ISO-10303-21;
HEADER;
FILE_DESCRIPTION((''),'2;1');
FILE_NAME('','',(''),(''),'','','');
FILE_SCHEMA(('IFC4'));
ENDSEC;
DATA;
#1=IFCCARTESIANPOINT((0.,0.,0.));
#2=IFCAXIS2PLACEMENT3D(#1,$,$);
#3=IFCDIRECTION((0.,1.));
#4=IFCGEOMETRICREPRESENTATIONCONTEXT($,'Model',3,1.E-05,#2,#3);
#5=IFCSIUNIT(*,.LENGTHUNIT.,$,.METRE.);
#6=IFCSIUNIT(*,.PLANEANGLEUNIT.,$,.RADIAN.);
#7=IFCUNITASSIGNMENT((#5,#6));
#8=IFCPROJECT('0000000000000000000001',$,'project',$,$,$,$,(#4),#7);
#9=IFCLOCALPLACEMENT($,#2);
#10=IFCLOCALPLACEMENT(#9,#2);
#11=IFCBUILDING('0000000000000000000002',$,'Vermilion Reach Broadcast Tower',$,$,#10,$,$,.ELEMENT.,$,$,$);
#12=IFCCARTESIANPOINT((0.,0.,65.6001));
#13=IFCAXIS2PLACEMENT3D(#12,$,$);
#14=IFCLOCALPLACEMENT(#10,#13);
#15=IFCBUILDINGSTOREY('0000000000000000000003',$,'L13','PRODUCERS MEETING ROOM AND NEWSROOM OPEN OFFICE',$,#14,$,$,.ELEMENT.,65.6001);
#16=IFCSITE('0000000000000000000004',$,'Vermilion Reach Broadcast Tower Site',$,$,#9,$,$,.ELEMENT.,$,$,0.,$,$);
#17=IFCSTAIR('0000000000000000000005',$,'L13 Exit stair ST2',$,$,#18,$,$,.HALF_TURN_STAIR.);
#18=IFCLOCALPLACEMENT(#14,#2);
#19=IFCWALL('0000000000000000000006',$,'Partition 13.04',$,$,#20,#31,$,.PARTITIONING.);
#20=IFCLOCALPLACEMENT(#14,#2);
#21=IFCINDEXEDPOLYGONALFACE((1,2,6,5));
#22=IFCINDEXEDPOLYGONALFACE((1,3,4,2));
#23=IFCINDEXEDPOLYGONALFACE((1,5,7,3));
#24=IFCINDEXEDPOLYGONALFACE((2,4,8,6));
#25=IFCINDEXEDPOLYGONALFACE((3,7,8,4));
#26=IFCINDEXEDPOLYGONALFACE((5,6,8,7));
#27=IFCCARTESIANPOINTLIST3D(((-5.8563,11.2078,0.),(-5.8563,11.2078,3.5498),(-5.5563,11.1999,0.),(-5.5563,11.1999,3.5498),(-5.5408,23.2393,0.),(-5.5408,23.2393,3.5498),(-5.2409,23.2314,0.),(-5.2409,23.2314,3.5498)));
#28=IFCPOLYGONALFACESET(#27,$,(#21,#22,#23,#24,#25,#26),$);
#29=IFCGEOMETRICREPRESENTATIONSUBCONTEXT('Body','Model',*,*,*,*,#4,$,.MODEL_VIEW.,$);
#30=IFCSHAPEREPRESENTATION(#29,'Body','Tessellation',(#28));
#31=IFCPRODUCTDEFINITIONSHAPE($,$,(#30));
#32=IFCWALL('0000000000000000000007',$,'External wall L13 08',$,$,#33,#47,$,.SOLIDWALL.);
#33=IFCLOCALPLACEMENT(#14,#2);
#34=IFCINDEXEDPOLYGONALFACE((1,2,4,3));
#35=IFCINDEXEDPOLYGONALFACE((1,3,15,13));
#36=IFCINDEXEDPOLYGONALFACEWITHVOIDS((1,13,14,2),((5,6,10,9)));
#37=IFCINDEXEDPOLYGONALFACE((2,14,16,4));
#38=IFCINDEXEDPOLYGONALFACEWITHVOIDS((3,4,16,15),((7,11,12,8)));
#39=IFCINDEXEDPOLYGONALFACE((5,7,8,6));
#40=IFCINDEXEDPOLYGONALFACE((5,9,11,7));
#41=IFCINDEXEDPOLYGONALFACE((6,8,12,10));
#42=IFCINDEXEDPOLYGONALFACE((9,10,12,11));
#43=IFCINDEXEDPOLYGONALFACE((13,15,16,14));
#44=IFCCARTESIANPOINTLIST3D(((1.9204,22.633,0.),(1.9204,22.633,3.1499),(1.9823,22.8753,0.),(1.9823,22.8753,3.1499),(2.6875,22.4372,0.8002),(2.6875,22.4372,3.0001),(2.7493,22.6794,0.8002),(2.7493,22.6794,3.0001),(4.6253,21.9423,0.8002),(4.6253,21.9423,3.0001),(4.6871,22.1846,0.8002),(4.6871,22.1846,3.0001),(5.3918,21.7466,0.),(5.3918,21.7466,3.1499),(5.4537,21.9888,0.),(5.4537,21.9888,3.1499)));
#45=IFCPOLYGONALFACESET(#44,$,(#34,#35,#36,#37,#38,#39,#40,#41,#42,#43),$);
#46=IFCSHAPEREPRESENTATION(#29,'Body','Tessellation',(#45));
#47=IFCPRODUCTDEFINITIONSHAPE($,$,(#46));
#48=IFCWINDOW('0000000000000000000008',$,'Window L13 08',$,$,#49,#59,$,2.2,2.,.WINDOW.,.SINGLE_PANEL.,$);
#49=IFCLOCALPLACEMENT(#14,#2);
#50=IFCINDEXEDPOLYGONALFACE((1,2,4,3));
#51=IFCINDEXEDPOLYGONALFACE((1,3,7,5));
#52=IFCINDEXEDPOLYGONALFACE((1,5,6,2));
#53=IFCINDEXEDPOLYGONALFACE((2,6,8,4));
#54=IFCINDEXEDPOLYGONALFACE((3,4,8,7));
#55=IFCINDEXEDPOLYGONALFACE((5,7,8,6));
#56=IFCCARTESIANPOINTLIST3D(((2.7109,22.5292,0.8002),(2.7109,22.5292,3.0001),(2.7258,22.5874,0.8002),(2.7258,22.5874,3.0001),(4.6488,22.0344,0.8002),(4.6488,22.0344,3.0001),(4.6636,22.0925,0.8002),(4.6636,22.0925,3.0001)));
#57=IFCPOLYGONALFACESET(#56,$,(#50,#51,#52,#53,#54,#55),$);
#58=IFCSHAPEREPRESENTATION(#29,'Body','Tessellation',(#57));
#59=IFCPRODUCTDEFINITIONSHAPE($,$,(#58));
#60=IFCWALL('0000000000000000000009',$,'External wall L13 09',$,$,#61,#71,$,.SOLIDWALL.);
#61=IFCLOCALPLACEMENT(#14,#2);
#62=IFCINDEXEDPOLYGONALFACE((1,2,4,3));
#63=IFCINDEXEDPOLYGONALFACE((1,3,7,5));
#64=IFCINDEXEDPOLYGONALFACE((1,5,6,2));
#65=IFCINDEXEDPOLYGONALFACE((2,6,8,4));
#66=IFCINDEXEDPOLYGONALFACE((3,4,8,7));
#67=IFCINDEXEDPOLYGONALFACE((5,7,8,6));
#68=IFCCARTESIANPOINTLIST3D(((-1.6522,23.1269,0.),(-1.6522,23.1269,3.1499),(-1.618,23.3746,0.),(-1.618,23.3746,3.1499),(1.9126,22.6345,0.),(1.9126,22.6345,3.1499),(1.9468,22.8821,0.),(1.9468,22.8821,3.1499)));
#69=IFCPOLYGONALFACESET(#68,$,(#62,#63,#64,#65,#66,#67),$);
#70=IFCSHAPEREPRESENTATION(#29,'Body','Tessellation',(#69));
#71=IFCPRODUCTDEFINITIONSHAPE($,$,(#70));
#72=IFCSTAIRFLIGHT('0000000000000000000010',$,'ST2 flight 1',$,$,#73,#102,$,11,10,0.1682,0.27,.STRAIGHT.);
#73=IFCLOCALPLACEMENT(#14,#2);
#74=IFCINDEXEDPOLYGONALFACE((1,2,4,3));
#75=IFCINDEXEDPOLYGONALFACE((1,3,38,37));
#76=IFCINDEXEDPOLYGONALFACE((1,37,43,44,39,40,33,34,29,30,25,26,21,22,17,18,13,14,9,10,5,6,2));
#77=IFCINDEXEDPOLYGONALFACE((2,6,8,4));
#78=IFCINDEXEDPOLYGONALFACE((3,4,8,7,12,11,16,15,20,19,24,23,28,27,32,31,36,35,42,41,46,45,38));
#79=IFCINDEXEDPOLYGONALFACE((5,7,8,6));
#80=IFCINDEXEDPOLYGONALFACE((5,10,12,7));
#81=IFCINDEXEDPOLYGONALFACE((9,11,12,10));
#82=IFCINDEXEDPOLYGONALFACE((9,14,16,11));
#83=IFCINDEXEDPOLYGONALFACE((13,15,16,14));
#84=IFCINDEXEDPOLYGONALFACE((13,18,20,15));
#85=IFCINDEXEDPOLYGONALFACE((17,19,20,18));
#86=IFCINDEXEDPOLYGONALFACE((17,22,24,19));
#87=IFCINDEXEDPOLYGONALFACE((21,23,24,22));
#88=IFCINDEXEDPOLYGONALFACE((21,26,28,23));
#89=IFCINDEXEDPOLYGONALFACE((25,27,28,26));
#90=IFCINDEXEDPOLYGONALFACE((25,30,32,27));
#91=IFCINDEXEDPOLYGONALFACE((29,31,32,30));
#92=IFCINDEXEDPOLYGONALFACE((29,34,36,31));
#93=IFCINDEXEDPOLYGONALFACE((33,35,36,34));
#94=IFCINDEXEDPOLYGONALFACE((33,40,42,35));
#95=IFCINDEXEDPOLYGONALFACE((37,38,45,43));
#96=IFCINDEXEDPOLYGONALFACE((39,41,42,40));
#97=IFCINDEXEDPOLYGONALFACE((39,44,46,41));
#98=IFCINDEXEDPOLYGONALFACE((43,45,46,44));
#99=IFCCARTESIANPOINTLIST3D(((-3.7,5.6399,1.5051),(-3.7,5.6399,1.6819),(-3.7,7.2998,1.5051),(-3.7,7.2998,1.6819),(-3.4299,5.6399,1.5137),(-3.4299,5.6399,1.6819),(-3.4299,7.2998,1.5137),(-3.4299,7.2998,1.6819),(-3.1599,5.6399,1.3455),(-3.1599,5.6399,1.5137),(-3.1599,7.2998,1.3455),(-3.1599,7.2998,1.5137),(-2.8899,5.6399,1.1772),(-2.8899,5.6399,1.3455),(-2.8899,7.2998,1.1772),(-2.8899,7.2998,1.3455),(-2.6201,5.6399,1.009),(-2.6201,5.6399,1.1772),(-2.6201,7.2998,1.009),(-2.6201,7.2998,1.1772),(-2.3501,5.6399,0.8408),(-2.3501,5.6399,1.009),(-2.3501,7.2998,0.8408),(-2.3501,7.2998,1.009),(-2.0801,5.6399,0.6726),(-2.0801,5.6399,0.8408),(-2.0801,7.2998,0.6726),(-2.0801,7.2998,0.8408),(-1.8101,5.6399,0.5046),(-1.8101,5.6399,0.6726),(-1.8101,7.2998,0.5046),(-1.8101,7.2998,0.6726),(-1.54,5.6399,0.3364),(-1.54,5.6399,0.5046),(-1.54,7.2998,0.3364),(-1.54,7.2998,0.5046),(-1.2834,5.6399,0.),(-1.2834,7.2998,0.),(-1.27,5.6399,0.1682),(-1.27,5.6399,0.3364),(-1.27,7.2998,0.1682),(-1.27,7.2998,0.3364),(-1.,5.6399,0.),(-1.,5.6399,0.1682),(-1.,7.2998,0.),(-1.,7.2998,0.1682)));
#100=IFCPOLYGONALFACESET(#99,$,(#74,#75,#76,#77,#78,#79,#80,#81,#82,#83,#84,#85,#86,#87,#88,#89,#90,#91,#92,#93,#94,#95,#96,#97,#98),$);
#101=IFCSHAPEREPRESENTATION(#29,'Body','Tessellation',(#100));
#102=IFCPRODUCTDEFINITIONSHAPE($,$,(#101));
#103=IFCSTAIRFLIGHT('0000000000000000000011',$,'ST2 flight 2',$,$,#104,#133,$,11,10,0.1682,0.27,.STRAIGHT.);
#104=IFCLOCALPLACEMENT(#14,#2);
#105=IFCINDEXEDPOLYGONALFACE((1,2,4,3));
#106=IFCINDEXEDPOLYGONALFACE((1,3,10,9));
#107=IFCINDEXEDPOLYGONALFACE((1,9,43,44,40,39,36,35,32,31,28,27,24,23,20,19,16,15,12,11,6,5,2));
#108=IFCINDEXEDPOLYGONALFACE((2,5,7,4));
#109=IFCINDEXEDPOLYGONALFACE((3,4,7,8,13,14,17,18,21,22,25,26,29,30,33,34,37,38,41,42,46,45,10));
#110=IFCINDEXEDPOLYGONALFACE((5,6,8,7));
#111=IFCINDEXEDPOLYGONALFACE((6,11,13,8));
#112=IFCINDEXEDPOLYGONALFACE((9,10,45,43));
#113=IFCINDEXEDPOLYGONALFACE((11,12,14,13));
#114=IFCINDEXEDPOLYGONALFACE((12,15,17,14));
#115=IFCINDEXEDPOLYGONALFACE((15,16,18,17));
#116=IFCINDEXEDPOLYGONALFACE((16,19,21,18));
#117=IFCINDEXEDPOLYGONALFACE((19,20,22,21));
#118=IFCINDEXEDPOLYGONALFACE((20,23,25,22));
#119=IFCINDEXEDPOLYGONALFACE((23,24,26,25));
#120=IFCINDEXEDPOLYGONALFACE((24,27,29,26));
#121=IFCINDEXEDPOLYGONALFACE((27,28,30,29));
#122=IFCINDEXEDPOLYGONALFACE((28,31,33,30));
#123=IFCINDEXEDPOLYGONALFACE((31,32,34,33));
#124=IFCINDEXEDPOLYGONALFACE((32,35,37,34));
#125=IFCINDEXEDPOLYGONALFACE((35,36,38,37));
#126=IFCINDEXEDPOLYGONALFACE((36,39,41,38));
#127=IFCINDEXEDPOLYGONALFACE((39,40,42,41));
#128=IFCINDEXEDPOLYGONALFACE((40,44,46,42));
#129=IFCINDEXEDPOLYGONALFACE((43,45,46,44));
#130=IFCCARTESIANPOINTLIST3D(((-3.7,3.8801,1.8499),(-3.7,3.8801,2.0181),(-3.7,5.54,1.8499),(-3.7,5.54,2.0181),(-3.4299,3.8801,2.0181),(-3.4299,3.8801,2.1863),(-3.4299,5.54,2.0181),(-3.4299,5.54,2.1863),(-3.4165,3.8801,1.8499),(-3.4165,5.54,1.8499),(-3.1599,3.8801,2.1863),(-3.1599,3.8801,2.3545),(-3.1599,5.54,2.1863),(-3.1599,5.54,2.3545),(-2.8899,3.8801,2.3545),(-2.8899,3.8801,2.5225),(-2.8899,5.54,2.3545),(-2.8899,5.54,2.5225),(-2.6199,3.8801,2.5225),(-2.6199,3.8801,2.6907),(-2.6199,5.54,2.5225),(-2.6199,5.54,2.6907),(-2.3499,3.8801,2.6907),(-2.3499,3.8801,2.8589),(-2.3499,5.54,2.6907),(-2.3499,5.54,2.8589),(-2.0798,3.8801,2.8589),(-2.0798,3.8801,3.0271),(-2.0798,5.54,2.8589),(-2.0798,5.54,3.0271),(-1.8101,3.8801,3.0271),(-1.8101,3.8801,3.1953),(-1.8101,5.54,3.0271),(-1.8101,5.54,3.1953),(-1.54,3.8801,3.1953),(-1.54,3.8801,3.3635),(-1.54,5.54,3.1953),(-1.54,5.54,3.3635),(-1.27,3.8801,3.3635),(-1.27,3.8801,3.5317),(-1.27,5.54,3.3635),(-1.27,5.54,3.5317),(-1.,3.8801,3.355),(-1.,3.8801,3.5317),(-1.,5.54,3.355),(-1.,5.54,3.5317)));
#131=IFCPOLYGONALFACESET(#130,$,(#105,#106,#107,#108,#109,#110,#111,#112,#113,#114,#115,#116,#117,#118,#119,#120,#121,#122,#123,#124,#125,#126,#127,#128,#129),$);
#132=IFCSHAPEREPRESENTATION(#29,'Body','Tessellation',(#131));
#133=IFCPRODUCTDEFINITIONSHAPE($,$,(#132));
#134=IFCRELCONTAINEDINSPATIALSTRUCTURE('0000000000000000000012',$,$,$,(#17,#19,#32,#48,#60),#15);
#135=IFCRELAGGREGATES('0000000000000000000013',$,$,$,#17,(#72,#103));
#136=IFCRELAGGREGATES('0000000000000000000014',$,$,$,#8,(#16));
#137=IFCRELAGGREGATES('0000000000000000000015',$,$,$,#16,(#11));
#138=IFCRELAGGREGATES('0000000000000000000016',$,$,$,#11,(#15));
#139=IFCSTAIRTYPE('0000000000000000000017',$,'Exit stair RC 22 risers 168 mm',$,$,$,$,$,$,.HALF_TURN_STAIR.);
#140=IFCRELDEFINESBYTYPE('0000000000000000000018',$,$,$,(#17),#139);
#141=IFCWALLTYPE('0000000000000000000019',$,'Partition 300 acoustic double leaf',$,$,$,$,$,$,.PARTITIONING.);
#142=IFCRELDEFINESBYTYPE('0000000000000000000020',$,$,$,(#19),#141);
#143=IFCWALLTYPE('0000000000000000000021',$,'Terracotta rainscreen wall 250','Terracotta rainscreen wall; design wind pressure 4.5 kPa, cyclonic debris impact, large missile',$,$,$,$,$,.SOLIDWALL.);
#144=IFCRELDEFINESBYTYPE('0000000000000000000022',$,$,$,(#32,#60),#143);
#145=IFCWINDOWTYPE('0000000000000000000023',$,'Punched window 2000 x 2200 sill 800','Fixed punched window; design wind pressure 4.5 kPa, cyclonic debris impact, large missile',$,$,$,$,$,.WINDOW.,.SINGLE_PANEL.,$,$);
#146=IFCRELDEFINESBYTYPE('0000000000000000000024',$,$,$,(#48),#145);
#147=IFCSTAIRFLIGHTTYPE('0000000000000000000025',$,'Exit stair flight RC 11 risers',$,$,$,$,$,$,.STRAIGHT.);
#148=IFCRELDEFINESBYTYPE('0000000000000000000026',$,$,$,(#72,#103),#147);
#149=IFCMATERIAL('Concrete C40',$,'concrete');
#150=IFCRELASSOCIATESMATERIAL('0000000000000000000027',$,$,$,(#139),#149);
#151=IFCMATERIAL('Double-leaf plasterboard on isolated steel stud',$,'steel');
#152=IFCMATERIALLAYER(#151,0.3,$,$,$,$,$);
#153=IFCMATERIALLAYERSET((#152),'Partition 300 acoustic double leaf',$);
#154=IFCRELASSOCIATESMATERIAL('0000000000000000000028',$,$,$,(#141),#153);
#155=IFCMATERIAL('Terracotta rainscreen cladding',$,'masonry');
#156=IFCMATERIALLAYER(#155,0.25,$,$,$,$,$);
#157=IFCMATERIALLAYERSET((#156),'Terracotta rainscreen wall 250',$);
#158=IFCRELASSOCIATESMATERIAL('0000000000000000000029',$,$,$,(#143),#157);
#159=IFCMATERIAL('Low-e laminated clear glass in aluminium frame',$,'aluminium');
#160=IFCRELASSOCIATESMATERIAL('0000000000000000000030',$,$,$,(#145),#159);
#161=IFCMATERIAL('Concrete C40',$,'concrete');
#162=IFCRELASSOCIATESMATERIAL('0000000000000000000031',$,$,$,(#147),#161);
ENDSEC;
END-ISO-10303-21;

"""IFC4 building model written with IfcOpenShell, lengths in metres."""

from ifc_helpers import new_model, si_unit, direction, frame, frame_2d, origin, place, context, subcontext, project, spatial, polyline, rectangle, outline, extrude, material, layer, layer_set, type_object, element, fill, aggregate, save


model = new_model("IFC4")

# Units and contexts
model_context = context("Model", 3, precision=1e-05, world=origin(), true_north=direction((0.0, 1.0)))
body_context = subcontext(model_context, "Body", "Model", "MODEL_VIEW")
ifc_project = project(units=[si_unit("LENGTHUNIT", "METRE"), si_unit("PLANEANGLEUNIT", "RADIAN")], contexts=[model_context])

# Site, building, storey
site_placement = place(None, origin())
site = spatial("IfcSite", under=ifc_project, at=site_placement, Name="Vermilion Reach Broadcast Tower Site", CompositionType="ELEMENT", RefElevation=0.0)
building_placement = place(site_placement, origin())
building = spatial("IfcBuilding", under=site, at=building_placement, Name="Vermilion Reach Broadcast Tower", CompositionType="ELEMENT")
storey_placement = place(building_placement, frame((0.0, 0.0, 65.6001)))
storey = spatial("IfcBuildingStorey", under=building, at=storey_placement, Name="L13", Description="PRODUCERS MEETING ROOM AND NEWSROOM OPEN OFFICE", CompositionType="ELEMENT", Elevation=65.6001)

# Shared definitions
placement_1 = place(storey_placement, origin())

# Stair
ifc_material_1 = material(Name="Concrete C40", Category="concrete")
stair_type = type_object("IfcStairType", Name="Exit stair RC 22 risers 168 mm", PredefinedType="HALF_TURN_STAIR", material=ifc_material_1)
stair_1 = element("IfcStair", 1, at=placement_1, inside=storey, type_object=stair_type, Name="L13 Exit stair ST2", PredefinedType="HALF_TURN_STAIR")

# Wall
ifc_material_2 = material(Name="Double-leaf plasterboard on isolated steel stud", Category="steel")
ifc_layer_1 = layer(ifc_material_2, 0.3)
ifc_layer_set_1 = layer_set([ifc_layer_1], Name="Partition 300 acoustic double leaf")
wall_type_1 = type_object("IfcWallType", Name="Partition 300 acoustic double leaf", PredefinedType="PARTITIONING", material=ifc_layer_set_1)
wall_1_placement = place(storey_placement, frame((-5.3909, 23.2354, 0.0), z_axis=(0.0, 0.0, 1.0), x_axis=(-0.026208, -0.999657, 0.0)))
element("IfcWall", 2, at=wall_1_placement, inside=storey, type_object=wall_type_1, Name="Partition 13.04", PredefinedType="PARTITIONING", context=body_context, shape_type="SweptSolid", body=[
    extrude(rectangle(XDim=12.0356, YDim=0.3, at=frame_2d((6.0178, 0.0))), origin(), (0.0, 0.0, 1.0), 3.5498),
])

# Wall, opening, window
ifc_material_3 = material(Name="Terracotta rainscreen cladding", Category="masonry")
ifc_layer_2 = layer(ifc_material_3, 0.25)
ifc_layer_set_2 = layer_set([ifc_layer_2], Name="Terracotta rainscreen wall 250")
wall_type_2 = type_object("IfcWallType", Name="Terracotta rainscreen wall 250", Description="Terracotta rainscreen wall; design wind pressure 4.5 kPa, cyclonic debris impact, large missile", PredefinedType="SOLIDWALL", material=ifc_layer_set_2)
wall_2_placement = place(storey_placement, frame((5.4229, 21.8677, 0.0), z_axis=(0.0, 0.0, 1.0), x_axis=(-0.968908, 0.247423, 0.0)))
wall_2 = element("IfcWall", 3, at=wall_2_placement, inside=storey, type_object=wall_type_2, Name="External wall L13 08", PredefinedType="SOLIDWALL", context=body_context, shape_type="SweptSolid", body=[
    extrude(rectangle(XDim=3.5828, YDim=0.25, at=frame_2d((1.7915, 0.0))), origin(), (0.0, 0.0, 1.0), 3.1499),
])
opening_placement = place(wall_2_placement, frame((0.7913, 0.0, 0.8)))
opening = element("IfcOpeningElement", 4, at=opening_placement, cuts=wall_2, PredefinedType="OPENING", context=body_context, shape_type="SweptSolid", body=[
    extrude(rectangle(XDim=2.0, YDim=2.2, at=frame_2d((1.0, 1.1001))), frame((0.0, 0.135, 0.0), z_axis=(0.0, -1.0, 0.0), x_axis=(1.0, 0.0, 0.0)), (0.0, 0.0, 1.0), 0.27),
])
ifc_material_4 = material(Name="Low-e laminated clear glass in aluminium frame", Category="aluminium")
window_type = type_object("IfcWindowType", Name="Punched window 2000 x 2200 sill 800", Description="Fixed punched window; design wind pressure 4.5 kPa, cyclonic debris impact, large missile", PartitioningType="SINGLE_PANEL", PredefinedType="WINDOW", material=ifc_material_4)
window_placement = place(opening_placement, origin())
window = element("IfcWindow", 5, at=window_placement, inside=storey, type_object=window_type, Name="Window L13 08", OverallHeight=2.2, OverallWidth=2.0, PartitioningType="SINGLE_PANEL", PredefinedType="WINDOW", context=body_context, shape_type="SweptSolid", body=[
    extrude(rectangle(XDim=2.0, YDim=2.2, at=frame_2d((1.0, 1.1001))), frame((0.0, 0.03, 0.0), z_axis=(0.0, -1.0, 0.0), x_axis=(1.0, 0.0, 0.0)), (0.0, 0.0, 1.0), 0.0601),
])
fill(opening, window)

# Wall
wall_3_placement = place(storey_placement, frame((1.9297, 22.7583, 0.0), z_axis=(0.0, 0.0, 1.0), x_axis=(-0.990593, 0.136842, 0.0)))
element("IfcWall", 6, at=wall_3_placement, inside=storey, type_object=wall_type_2, Name="External wall L13 09", PredefinedType="SOLIDWALL", context=body_context, shape_type="SweptSolid", body=[
    extrude(rectangle(XDim=3.5986, YDim=0.25, at=frame_2d((1.7993, 0.0))), origin(), (0.0, 0.0, 1.0), 3.1499),
])

# Stair flights
ifc_material_5 = material(Name="Concrete C40", Category="concrete")
stair_flight_type = type_object("IfcStairFlightType", Name="Exit stair flight RC 11 risers", PredefinedType="STRAIGHT", material=ifc_material_5)
stair_flight_1_placement = place(storey_placement, frame((-1.0, 6.47, 0.0), z_axis=(0.0, 0.0, 1.0), x_axis=(-1.0, 0.0, 0.0)))
stair_flight_1 = element("IfcStairFlight", 7, at=stair_flight_1_placement, type_object=stair_flight_type, Name="ST2 flight 1", NumberOfRisers=11, NumberOfTreads=10, PredefinedType="STRAIGHT", RiserHeight=0.1682, TreadLength=0.27, context=body_context, shape_type="SweptSolid", body=[
    extrude(outline(polyline([(0.0, 0.0), (0.0, 0.1682), (0.27, 0.1682), (0.27, 0.3364), (0.54, 0.3364), (0.54, 0.5046), (0.8101, 0.5046), (0.8101, 0.6726), (1.0801, 0.6726), (1.0801, 0.8408), (1.3501, 0.8408), (1.3501, 1.009), (1.6201, 1.009), (1.6201, 1.1772), (1.8899, 1.1772), (1.8899, 1.3455), (2.1599, 1.3455), (2.1599, 1.5137), (2.4299, 1.5137), (2.4299, 1.6819), (2.7, 1.6819), (2.7, 1.8501), (2.7, 1.5051), (0.2834, 0.0), (0.0, 0.0)])), frame((0.0, 0.8301, 0.0), z_axis=(0.0, -1.0, 0.0), x_axis=(1.0, 0.0, 0.0)), (0.0, 0.0, 1.0), 1.6599),
])
stair_flight_2_placement = place(storey_placement, frame((-3.7, 4.71, 1.8499), z_axis=(0.0, 0.0, 1.0), x_axis=(1.0, 0.0, 0.0)))
stair_flight_2 = element("IfcStairFlight", 8, at=stair_flight_2_placement, type_object=stair_flight_type, Name="ST2 flight 2", NumberOfRisers=11, NumberOfTreads=10, PredefinedType="STRAIGHT", RiserHeight=0.1682, TreadLength=0.27, context=body_context, shape_type="SweptSolid", body=[
    extrude(outline(polyline([(0.0, 0.0), (0.0, 0.1682), (0.27, 0.1682), (0.27, 0.3364), (0.54, 0.3364), (0.54, 0.5046), (0.8101, 0.5046), (0.8101, 0.6726), (1.0801, 0.6726), (1.0801, 0.8408), (1.3501, 0.8408), (1.3501, 1.009), (1.6201, 1.009), (1.6201, 1.1772), (1.8899, 1.1772), (1.8899, 1.3455), (2.1599, 1.3455), (2.1599, 1.5137), (2.4299, 1.5137), (2.4299, 1.6819), (2.7, 1.6819), (2.7, 1.8501), (2.7, 1.5051), (0.2834, 0.0), (0.0, 0.0)])), frame((0.0, 0.8301, 0.0), z_axis=(0.0, -1.0, 0.0), x_axis=(1.0, 0.0, 0.0)), (0.0, 0.0, 1.0), 1.6599),
])
aggregate(stair_1, [stair_flight_1, stair_flight_2])

save(model, "model.ifc")
